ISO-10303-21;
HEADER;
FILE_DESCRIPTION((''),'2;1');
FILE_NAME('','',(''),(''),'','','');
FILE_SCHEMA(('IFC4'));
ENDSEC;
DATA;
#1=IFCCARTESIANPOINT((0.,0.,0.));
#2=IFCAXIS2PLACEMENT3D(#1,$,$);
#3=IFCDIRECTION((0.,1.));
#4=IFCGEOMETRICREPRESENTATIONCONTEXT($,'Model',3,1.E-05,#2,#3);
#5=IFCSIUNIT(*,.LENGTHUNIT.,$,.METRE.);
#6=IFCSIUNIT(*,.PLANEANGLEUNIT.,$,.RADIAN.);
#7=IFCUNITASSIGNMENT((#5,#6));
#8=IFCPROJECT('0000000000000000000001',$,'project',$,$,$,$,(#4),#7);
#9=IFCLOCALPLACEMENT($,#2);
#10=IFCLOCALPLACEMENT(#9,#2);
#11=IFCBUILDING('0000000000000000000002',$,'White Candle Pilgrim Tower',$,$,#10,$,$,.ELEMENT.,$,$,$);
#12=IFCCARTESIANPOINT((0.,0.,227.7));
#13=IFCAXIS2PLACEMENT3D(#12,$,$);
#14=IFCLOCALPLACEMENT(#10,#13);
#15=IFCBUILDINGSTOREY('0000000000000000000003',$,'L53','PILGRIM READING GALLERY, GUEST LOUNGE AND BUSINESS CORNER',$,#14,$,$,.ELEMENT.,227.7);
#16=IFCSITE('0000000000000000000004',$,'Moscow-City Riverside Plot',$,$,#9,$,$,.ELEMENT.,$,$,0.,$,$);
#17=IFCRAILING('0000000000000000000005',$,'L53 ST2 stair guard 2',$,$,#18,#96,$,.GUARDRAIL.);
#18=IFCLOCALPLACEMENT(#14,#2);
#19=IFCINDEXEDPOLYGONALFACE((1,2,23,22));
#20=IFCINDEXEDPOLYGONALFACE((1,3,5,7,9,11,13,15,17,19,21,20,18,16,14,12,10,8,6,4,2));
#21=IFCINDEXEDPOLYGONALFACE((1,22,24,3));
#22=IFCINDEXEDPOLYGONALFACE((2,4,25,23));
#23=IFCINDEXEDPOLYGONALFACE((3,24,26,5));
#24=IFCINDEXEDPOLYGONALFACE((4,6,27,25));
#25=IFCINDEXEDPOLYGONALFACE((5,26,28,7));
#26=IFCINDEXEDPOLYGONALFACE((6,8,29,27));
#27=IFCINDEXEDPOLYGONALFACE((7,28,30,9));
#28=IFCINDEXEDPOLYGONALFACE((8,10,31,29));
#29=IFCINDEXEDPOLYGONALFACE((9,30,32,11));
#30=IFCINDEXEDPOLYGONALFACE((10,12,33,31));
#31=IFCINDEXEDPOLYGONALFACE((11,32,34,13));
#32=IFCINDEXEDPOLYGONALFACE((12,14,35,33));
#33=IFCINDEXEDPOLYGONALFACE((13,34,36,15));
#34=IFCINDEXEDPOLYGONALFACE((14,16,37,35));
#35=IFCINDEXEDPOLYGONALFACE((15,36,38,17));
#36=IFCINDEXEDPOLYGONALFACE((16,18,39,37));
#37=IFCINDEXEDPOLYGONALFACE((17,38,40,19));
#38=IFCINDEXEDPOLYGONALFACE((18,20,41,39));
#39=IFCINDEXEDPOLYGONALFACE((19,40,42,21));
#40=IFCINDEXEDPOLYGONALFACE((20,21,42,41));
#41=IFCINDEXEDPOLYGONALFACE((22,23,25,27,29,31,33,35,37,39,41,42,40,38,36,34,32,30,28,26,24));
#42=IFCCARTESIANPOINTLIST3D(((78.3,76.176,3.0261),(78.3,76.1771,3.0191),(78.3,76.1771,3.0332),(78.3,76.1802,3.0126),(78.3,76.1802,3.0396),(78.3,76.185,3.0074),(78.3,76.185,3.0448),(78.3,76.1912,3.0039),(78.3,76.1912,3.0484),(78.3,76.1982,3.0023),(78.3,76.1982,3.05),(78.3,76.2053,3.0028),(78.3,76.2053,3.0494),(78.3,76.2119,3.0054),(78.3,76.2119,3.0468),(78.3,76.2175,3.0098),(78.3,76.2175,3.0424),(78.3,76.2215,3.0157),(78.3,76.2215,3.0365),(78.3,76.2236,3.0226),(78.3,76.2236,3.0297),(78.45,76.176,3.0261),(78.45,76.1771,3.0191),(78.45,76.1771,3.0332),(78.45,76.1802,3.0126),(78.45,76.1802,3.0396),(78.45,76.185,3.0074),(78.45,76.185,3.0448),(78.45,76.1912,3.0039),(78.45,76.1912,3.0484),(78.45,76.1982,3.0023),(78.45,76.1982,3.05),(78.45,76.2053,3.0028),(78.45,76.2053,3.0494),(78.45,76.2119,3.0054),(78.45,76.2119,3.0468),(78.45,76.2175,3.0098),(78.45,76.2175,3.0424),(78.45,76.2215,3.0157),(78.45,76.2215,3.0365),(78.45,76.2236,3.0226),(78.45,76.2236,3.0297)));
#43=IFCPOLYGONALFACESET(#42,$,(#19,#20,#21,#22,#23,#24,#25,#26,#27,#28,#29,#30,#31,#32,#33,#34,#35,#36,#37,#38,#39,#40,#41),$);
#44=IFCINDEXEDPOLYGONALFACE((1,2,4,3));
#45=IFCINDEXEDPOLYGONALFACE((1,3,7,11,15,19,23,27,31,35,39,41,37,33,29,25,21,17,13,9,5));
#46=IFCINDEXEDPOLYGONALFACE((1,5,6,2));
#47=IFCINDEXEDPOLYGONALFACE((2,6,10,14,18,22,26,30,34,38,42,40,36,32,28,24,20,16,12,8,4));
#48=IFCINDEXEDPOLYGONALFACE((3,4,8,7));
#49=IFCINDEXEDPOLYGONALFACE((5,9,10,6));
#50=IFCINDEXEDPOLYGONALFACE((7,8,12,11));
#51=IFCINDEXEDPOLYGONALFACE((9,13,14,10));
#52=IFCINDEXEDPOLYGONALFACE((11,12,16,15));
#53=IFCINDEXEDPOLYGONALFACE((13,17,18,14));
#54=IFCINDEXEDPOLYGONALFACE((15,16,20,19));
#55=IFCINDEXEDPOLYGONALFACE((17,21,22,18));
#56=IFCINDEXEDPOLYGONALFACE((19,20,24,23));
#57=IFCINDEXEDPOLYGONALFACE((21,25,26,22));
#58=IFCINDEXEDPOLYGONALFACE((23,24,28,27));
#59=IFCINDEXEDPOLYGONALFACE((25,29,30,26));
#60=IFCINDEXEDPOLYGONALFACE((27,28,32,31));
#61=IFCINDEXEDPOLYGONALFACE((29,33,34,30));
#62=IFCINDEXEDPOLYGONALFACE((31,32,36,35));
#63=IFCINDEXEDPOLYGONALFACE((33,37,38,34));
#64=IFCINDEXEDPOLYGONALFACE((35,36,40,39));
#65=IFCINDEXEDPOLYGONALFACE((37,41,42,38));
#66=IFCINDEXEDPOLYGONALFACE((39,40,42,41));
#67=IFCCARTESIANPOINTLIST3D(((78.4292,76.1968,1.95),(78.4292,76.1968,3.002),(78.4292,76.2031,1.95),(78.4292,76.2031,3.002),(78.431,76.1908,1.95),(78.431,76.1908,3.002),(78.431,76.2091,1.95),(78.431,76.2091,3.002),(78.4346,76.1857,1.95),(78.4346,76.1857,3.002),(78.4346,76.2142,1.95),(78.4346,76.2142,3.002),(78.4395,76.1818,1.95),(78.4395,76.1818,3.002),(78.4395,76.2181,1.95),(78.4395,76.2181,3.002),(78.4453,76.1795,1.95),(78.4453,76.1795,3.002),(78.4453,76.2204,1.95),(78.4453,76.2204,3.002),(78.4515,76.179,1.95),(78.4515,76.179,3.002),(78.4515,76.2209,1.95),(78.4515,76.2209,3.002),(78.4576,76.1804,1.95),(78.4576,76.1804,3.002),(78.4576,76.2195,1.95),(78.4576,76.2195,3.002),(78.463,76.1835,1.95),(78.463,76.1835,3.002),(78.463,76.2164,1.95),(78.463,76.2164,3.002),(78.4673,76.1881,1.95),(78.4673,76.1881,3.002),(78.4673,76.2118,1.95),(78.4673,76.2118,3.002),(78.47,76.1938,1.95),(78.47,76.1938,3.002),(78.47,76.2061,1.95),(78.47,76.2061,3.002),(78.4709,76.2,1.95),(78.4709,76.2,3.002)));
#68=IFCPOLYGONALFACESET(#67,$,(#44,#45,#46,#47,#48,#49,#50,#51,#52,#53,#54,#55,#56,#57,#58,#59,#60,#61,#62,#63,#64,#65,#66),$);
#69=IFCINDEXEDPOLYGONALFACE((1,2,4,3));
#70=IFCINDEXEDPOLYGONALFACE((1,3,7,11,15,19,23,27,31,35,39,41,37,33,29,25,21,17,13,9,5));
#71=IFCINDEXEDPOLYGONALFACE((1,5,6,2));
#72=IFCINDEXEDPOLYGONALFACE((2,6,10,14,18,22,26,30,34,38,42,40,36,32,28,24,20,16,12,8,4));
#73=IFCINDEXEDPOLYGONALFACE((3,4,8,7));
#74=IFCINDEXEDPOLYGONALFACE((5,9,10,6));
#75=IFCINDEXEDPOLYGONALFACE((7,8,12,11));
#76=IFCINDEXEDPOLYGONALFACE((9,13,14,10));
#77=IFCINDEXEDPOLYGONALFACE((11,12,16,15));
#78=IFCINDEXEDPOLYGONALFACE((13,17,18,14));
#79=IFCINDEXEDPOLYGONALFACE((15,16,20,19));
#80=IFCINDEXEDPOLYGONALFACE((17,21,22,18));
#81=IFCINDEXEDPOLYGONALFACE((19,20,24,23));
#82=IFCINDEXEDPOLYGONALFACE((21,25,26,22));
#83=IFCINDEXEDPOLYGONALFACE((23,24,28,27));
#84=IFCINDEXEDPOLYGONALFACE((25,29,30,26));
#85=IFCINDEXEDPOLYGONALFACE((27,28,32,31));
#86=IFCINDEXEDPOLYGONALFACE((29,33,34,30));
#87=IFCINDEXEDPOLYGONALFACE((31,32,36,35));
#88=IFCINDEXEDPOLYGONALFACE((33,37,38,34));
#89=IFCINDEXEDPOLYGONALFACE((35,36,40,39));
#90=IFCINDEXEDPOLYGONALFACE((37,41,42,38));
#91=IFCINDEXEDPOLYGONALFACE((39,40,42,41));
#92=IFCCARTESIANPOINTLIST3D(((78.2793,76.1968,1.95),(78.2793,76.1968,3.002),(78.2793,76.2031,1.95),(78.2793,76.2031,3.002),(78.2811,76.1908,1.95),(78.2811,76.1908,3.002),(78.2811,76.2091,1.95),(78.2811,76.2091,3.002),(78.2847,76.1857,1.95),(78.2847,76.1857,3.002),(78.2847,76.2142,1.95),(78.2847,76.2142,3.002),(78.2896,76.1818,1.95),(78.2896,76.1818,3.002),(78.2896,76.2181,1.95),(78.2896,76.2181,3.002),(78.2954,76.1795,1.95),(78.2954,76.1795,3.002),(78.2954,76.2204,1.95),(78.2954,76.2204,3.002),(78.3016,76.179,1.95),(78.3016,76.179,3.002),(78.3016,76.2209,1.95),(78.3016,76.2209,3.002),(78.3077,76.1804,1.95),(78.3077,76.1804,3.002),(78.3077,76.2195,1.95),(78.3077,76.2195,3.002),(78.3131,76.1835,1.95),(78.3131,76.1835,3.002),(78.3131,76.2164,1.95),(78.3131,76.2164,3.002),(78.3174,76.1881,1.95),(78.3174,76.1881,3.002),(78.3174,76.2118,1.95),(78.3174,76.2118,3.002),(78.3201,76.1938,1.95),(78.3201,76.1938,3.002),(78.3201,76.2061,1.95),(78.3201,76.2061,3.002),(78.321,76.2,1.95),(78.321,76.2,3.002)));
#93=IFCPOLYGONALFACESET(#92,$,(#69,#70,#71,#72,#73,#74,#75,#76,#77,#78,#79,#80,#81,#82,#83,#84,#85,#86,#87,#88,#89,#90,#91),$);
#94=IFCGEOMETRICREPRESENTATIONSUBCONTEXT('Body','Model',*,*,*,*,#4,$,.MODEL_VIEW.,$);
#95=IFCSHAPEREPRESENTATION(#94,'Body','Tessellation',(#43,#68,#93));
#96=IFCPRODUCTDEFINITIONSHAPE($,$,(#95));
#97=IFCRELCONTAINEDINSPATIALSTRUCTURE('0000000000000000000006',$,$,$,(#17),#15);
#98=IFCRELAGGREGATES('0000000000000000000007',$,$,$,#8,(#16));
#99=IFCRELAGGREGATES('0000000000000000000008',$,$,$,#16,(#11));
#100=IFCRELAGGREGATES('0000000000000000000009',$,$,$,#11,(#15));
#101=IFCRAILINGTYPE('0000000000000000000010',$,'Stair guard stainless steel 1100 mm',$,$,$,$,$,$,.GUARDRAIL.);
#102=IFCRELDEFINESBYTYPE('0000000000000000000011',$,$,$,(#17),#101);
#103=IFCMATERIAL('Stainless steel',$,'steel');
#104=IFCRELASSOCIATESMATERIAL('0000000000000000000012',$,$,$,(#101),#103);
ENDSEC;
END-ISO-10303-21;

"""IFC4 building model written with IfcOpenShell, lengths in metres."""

from ifc_helpers import new_model, si_unit, direction, frame, origin, origin_2d, place, context, subcontext, project, spatial, circle, extrude, material, type_object, element, save


model = new_model("IFC4")

# Units and contexts
model_context = context("Model", 3, precision=1e-05, world=origin(), true_north=direction((0.0, 1.0)))
body_context = subcontext(model_context, "Body", "Model", "MODEL_VIEW")
ifc_project = project(units=[si_unit("LENGTHUNIT", "METRE"), si_unit("PLANEANGLEUNIT", "RADIAN")], contexts=[model_context])

# Site, building, storey
site_placement = place(None, origin())
site = spatial("IfcSite", under=ifc_project, at=site_placement, Name="Moscow-City Riverside Plot", CompositionType="ELEMENT", RefElevation=0.0)
building_placement = place(site_placement, origin())
building = spatial("IfcBuilding", under=site, at=building_placement, Name="White Candle Pilgrim Tower", CompositionType="ELEMENT")
storey_placement = place(building_placement, frame((0.0, 0.0, 227.7)))
storey = spatial("IfcBuildingStorey", under=building, at=storey_placement, Name="L53", Description="PILGRIM READING GALLERY, GUEST LOUNGE AND BUSINESS CORNER", CompositionType="ELEMENT", Elevation=227.7)

# Railing
ifc_material_1 = material(Name="Stainless steel", Category="steel")
railing_type_1 = type_object("IfcRailingType", Name="Stair guard stainless steel 1100 mm", PredefinedType="GUARDRAIL", material=ifc_material_1)
railing_1_placement = place(storey_placement, frame((78.45, 76.2, 1.95)))
element("IfcRailing", 1, at=railing_1_placement, inside=storey, type_object=railing_type_1, Name="L53 ST2 stair guard 2", PredefinedType="GUARDRAIL", context=body_context, shape_type="SweptSolid", body=[
    extrude(circle(Radius=0.0239, at=origin_2d()), frame((0.0, 0.0, 1.0762), z_axis=(-1.0, 0.0, 0.0), x_axis=(0.0, -1.0, 0.0)), (0.0, 0.0, 1.0), 0.1499),
    extrude(circle(Radius=0.021, at=origin_2d()), origin(), (0.0, 0.0, 1.0), 1.052),
    extrude(circle(Radius=0.021, at=origin_2d()), frame((-0.1499, 0.0, 0.0)), (0.0, 0.0, 1.0), 1.052),
])

save(model, "model.ifc")
